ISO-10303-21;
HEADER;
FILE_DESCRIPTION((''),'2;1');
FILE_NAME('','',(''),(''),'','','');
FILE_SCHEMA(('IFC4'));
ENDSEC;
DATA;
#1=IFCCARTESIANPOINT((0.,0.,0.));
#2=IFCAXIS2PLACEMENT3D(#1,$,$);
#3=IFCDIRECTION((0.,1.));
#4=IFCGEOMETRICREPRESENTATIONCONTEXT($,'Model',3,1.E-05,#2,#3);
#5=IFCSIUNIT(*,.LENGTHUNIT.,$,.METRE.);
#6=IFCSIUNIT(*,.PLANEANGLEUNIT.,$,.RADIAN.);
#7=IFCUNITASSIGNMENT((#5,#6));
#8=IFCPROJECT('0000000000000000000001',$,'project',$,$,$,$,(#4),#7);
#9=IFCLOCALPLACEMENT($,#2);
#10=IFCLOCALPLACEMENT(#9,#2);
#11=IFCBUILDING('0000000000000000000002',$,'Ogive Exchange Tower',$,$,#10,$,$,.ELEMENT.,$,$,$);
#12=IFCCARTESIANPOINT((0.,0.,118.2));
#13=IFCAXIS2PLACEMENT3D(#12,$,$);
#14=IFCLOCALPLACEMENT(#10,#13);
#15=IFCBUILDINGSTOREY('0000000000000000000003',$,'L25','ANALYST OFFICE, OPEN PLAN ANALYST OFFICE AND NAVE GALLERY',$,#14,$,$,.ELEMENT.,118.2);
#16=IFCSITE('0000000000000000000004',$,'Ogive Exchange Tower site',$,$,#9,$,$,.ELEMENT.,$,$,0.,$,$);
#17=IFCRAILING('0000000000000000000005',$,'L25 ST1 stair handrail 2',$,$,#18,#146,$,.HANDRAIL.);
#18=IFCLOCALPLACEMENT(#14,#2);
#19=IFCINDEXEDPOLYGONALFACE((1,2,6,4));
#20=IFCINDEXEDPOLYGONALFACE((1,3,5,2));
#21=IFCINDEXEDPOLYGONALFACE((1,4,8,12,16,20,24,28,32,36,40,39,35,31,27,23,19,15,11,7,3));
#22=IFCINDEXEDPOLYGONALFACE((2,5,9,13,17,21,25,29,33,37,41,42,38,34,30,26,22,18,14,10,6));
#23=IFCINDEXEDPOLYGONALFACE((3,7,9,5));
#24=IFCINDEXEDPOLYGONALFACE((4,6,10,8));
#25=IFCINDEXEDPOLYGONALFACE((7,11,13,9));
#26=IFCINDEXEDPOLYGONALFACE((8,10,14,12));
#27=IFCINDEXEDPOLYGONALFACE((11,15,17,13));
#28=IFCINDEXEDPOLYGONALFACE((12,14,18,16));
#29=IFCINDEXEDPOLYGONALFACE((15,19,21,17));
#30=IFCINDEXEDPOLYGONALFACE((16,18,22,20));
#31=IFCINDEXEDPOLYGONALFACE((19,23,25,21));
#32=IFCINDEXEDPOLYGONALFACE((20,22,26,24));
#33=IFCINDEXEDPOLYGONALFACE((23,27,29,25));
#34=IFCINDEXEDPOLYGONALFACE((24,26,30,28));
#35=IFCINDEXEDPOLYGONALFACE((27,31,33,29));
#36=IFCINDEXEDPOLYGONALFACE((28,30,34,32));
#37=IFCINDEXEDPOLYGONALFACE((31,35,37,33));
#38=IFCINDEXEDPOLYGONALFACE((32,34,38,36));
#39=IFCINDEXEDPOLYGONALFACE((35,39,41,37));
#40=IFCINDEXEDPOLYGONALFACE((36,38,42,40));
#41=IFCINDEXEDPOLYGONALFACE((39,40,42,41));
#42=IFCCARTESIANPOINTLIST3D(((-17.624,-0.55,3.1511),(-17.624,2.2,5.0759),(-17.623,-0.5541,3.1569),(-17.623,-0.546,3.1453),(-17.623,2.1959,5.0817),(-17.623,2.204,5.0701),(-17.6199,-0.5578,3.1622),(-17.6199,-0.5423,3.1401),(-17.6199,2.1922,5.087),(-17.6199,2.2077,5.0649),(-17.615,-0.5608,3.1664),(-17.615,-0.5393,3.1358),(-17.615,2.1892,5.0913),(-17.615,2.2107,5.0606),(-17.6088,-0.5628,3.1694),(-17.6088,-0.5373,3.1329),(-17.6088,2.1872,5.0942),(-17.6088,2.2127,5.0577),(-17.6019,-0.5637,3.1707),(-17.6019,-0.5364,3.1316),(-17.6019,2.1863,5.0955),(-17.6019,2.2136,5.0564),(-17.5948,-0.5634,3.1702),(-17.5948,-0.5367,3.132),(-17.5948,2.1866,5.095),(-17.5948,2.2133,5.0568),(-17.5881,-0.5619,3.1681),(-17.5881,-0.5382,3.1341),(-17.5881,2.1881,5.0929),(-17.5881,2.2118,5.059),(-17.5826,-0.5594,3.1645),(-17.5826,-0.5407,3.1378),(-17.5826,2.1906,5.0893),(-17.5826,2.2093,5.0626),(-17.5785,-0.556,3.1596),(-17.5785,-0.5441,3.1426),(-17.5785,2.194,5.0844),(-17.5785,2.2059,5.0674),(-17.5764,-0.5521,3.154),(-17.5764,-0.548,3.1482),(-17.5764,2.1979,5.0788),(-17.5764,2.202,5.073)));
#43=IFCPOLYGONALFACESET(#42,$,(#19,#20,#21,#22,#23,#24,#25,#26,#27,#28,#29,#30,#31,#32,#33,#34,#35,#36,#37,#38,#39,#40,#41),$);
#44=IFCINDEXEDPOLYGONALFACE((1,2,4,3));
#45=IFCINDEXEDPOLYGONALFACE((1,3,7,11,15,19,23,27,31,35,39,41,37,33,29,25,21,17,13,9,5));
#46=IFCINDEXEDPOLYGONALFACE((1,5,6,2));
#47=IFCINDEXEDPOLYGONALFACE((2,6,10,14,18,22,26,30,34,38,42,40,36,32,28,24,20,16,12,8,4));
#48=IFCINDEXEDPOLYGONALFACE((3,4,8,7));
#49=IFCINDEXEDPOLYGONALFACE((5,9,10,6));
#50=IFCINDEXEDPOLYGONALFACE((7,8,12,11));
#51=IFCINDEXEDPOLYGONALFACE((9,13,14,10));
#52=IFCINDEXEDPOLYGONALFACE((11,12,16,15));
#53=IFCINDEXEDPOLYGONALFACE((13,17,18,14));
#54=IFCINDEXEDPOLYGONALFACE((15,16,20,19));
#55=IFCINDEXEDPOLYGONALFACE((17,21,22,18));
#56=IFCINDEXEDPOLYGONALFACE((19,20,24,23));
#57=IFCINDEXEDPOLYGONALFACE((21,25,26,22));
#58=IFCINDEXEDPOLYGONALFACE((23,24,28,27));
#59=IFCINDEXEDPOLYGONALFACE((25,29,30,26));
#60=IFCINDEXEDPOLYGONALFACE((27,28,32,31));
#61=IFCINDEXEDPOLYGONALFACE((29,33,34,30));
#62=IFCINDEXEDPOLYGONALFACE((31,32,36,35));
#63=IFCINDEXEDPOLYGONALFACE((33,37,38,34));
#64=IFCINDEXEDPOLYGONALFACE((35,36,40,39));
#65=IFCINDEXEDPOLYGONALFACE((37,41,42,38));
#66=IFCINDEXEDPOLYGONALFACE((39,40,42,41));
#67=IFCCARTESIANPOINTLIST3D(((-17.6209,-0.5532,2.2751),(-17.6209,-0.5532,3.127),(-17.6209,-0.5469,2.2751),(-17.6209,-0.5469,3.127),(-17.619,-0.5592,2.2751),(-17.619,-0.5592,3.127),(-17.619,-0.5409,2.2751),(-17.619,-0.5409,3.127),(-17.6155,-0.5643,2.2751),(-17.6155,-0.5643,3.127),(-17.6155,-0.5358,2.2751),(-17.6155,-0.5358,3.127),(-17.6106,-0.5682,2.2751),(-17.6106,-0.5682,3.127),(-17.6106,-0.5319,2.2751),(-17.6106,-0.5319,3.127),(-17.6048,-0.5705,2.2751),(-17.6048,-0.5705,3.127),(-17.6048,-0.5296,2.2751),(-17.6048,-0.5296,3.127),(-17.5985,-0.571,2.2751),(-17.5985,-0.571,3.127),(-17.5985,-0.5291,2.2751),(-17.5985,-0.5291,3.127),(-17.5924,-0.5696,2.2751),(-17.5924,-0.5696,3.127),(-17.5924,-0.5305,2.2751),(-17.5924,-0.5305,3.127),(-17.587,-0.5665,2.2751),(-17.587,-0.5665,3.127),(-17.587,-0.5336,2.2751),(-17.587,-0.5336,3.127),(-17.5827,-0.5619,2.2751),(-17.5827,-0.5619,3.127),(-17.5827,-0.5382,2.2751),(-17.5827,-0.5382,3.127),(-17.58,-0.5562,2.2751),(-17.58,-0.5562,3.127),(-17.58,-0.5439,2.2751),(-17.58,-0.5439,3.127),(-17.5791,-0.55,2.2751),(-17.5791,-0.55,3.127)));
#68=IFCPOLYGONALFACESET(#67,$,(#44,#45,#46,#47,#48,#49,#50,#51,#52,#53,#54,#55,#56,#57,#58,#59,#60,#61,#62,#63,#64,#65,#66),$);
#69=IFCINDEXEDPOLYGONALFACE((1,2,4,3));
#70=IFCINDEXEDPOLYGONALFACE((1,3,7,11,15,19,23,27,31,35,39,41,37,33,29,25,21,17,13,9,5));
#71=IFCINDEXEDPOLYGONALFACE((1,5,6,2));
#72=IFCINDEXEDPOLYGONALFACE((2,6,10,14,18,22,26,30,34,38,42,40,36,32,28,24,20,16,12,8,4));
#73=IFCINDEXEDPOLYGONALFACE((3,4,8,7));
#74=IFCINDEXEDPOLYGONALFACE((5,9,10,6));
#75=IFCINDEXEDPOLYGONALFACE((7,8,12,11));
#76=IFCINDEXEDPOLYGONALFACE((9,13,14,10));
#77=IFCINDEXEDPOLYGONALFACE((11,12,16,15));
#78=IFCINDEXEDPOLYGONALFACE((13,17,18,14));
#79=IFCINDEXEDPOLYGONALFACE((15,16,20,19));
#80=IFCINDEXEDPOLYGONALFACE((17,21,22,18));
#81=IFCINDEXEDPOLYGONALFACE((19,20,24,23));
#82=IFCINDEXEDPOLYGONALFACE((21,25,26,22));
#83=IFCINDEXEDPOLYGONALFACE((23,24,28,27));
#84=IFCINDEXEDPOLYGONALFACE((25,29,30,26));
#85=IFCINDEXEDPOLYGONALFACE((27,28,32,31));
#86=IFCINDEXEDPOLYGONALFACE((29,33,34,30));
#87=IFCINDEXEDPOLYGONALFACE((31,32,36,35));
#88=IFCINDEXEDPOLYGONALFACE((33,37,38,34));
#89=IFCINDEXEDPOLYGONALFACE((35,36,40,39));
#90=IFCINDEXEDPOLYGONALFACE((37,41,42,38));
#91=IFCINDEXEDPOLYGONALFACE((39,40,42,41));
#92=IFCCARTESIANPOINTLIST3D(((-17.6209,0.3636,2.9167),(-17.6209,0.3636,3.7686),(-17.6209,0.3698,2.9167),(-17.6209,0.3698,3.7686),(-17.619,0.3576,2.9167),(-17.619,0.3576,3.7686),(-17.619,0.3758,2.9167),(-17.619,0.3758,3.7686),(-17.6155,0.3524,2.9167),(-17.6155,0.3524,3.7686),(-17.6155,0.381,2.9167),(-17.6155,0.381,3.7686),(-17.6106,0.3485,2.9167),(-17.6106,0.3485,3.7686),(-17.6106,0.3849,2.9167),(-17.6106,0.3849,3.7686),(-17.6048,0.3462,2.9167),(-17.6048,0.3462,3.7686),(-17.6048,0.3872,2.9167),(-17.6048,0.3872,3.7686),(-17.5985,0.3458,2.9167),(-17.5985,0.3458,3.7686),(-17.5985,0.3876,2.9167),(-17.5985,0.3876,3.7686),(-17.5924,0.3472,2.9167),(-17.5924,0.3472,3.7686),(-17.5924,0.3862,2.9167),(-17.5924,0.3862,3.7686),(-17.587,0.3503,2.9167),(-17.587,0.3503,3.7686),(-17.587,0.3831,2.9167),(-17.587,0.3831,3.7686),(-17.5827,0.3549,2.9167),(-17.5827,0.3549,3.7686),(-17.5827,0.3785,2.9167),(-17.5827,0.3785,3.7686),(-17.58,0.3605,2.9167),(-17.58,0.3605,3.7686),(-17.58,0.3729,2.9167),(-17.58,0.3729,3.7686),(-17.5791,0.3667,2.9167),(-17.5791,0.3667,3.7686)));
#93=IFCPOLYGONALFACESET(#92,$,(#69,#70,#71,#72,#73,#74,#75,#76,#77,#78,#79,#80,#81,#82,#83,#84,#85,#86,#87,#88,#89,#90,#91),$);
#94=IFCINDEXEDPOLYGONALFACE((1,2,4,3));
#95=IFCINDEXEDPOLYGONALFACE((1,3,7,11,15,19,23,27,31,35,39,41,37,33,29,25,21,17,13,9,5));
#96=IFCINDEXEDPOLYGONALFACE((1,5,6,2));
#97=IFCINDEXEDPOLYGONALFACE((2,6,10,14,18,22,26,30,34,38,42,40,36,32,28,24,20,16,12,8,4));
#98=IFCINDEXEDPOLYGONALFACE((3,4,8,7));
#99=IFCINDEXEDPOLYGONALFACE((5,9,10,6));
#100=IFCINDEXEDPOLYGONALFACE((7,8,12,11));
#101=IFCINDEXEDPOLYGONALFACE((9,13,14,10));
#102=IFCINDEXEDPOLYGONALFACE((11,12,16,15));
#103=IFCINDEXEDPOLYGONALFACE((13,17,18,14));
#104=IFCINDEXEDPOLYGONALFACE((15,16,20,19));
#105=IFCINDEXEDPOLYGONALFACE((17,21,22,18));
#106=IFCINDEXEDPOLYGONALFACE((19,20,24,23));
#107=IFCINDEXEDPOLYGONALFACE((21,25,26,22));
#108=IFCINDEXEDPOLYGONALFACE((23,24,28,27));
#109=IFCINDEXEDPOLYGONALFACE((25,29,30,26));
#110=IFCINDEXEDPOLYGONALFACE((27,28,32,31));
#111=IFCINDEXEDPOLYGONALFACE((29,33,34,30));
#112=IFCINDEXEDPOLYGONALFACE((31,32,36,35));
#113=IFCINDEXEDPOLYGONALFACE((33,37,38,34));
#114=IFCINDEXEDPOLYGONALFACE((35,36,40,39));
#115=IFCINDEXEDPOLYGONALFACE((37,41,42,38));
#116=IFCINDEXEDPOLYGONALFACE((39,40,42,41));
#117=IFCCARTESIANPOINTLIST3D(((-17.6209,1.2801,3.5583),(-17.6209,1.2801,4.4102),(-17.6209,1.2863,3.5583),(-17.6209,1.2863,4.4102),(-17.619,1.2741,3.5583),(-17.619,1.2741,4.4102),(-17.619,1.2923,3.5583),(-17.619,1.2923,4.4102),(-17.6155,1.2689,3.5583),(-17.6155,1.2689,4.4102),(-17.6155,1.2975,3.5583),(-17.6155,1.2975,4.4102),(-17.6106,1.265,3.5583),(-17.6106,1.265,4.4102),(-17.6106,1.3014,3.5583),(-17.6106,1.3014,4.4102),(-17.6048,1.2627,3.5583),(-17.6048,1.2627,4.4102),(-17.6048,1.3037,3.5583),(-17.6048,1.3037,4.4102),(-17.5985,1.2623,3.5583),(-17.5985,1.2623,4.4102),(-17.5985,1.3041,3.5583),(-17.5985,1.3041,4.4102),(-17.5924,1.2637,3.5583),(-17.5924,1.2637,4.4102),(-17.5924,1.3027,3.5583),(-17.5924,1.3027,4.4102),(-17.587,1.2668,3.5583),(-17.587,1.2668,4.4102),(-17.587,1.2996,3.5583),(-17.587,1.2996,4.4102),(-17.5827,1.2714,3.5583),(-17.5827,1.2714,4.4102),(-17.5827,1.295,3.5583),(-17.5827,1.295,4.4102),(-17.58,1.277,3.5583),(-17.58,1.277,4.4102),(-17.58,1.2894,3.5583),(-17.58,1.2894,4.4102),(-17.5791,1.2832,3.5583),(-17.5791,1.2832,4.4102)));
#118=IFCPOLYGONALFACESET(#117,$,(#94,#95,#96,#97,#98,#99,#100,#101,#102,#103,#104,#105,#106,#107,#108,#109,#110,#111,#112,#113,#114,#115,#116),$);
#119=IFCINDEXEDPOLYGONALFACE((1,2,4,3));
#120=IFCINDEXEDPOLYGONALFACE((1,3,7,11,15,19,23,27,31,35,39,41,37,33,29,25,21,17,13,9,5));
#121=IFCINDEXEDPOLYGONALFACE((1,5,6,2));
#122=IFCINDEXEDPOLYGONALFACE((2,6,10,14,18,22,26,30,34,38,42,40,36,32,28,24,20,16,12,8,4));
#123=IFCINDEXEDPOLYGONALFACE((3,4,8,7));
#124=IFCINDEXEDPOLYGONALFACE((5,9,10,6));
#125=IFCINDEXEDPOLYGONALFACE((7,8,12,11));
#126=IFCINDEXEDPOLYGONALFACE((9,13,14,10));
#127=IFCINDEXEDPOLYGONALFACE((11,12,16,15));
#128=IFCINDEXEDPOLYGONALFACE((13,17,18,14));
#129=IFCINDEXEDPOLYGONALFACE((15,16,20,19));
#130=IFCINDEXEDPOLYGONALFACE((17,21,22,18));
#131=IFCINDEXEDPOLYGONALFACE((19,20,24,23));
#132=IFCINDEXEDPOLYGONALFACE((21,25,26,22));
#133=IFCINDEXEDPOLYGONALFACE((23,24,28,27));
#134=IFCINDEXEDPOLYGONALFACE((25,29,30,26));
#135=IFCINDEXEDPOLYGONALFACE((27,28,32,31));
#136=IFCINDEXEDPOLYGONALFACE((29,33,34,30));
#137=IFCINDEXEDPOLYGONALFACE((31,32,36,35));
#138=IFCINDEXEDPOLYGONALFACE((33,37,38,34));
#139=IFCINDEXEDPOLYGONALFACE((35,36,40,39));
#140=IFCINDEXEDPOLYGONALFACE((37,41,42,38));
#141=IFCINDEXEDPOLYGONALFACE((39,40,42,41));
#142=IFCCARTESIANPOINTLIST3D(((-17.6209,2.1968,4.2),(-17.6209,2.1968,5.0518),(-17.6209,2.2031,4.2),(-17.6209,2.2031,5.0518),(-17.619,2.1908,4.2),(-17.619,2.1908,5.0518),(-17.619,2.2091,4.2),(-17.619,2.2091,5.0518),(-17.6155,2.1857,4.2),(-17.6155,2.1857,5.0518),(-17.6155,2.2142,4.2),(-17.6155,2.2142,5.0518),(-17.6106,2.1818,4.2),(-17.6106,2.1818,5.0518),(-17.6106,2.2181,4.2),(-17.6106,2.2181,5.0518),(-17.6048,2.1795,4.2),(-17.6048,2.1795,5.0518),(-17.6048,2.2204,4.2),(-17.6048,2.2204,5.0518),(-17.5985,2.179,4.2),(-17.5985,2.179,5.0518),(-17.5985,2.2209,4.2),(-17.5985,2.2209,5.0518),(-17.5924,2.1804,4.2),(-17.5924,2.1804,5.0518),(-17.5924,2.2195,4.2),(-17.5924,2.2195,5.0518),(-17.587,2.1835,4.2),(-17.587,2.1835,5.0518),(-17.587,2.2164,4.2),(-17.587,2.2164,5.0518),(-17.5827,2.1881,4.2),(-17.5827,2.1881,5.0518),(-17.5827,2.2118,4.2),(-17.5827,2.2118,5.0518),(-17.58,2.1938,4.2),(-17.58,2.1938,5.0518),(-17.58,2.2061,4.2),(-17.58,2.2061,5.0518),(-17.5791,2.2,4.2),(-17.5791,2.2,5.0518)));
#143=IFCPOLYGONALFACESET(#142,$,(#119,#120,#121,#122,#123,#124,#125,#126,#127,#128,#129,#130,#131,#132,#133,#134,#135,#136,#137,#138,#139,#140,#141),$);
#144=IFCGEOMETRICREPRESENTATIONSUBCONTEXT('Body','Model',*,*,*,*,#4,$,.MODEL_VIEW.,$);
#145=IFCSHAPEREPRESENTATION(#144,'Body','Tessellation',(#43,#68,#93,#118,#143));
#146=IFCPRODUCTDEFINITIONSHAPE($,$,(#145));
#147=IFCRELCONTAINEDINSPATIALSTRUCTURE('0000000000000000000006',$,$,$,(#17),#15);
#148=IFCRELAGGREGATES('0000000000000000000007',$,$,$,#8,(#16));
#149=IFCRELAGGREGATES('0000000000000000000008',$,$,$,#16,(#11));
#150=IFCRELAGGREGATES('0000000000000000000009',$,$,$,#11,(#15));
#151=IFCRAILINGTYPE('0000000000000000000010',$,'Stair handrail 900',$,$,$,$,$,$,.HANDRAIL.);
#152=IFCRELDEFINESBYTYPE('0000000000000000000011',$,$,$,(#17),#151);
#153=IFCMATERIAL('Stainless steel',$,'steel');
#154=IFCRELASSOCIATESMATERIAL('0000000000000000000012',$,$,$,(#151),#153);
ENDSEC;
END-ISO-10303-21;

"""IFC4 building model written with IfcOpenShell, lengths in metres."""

from ifc_helpers import new_model, si_unit, direction, frame, origin, origin_2d, place, context, subcontext, project, spatial, circle, extrude, material, type_object, element, save


model = new_model("IFC4")

# Units and contexts
model_context = context("Model", 3, precision=1e-05, world=origin(), true_north=direction((0.0, 1.0)))
body_context = subcontext(model_context, "Body", "Model", "MODEL_VIEW")
ifc_project = project(units=[si_unit("LENGTHUNIT", "METRE"), si_unit("PLANEANGLEUNIT", "RADIAN")], contexts=[model_context])

# Site, building, storey
site_placement = place(None, origin())
site = spatial("IfcSite", under=ifc_project, at=site_placement, Name="Ogive Exchange Tower site", CompositionType="ELEMENT", RefElevation=0.0)
building_placement = place(site_placement, origin())
building = spatial("IfcBuilding", under=site, at=building_placement, Name="Ogive Exchange Tower", CompositionType="ELEMENT")
storey_placement = place(building_placement, frame((0.0, 0.0, 118.2)))
storey = spatial("IfcBuildingStorey", under=building, at=storey_placement, Name="L25", Description="ANALYST OFFICE, OPEN PLAN ANALYST OFFICE AND NAVE GALLERY", CompositionType="ELEMENT", Elevation=118.2)

# Shared definitions
ifc_material_1 = material(Name="Stainless steel", Category="steel")

# Railing
railing_type = type_object("IfcRailingType", Name="Stair handrail 900", PredefinedType="HANDRAIL", material=ifc_material_1)
railing_1_placement = place(storey_placement, frame((-17.6001, -0.55, 2.2751)))
element("IfcRailing", 1, at=railing_1_placement, inside=storey, type_object=railing_type, Name="L25 ST1 stair handrail 2", PredefinedType="HANDRAIL", context=body_context, shape_type="SweptSolid", body=[
    extrude(circle(Radius=0.0239, at=origin_2d()), frame((0.0, 0.0, 0.876), z_axis=(0.0, 0.819259, 0.573423), x_axis=(-1.0, 0.0, 0.0)), (0.0, 0.0, 1.0), 3.3567),
    extrude(circle(Radius=0.021, at=origin_2d()), origin(), (0.0, 0.0, 1.0), 0.8518),
    extrude(circle(Radius=0.021, at=origin_2d()), frame((0.0, 0.9167, 0.6416)), (0.0, 0.0, 1.0), 0.8518),
    extrude(circle(Radius=0.021, at=origin_2d()), frame((0.0, 1.8333, 1.2832)), (0.0, 0.0, 1.0), 0.8518),
    extrude(circle(Radius=0.021, at=origin_2d()), frame((0.0, 2.75, 1.9248)), (0.0, 0.0, 1.0), 0.8518),
])

save(model, "model.ifc")
